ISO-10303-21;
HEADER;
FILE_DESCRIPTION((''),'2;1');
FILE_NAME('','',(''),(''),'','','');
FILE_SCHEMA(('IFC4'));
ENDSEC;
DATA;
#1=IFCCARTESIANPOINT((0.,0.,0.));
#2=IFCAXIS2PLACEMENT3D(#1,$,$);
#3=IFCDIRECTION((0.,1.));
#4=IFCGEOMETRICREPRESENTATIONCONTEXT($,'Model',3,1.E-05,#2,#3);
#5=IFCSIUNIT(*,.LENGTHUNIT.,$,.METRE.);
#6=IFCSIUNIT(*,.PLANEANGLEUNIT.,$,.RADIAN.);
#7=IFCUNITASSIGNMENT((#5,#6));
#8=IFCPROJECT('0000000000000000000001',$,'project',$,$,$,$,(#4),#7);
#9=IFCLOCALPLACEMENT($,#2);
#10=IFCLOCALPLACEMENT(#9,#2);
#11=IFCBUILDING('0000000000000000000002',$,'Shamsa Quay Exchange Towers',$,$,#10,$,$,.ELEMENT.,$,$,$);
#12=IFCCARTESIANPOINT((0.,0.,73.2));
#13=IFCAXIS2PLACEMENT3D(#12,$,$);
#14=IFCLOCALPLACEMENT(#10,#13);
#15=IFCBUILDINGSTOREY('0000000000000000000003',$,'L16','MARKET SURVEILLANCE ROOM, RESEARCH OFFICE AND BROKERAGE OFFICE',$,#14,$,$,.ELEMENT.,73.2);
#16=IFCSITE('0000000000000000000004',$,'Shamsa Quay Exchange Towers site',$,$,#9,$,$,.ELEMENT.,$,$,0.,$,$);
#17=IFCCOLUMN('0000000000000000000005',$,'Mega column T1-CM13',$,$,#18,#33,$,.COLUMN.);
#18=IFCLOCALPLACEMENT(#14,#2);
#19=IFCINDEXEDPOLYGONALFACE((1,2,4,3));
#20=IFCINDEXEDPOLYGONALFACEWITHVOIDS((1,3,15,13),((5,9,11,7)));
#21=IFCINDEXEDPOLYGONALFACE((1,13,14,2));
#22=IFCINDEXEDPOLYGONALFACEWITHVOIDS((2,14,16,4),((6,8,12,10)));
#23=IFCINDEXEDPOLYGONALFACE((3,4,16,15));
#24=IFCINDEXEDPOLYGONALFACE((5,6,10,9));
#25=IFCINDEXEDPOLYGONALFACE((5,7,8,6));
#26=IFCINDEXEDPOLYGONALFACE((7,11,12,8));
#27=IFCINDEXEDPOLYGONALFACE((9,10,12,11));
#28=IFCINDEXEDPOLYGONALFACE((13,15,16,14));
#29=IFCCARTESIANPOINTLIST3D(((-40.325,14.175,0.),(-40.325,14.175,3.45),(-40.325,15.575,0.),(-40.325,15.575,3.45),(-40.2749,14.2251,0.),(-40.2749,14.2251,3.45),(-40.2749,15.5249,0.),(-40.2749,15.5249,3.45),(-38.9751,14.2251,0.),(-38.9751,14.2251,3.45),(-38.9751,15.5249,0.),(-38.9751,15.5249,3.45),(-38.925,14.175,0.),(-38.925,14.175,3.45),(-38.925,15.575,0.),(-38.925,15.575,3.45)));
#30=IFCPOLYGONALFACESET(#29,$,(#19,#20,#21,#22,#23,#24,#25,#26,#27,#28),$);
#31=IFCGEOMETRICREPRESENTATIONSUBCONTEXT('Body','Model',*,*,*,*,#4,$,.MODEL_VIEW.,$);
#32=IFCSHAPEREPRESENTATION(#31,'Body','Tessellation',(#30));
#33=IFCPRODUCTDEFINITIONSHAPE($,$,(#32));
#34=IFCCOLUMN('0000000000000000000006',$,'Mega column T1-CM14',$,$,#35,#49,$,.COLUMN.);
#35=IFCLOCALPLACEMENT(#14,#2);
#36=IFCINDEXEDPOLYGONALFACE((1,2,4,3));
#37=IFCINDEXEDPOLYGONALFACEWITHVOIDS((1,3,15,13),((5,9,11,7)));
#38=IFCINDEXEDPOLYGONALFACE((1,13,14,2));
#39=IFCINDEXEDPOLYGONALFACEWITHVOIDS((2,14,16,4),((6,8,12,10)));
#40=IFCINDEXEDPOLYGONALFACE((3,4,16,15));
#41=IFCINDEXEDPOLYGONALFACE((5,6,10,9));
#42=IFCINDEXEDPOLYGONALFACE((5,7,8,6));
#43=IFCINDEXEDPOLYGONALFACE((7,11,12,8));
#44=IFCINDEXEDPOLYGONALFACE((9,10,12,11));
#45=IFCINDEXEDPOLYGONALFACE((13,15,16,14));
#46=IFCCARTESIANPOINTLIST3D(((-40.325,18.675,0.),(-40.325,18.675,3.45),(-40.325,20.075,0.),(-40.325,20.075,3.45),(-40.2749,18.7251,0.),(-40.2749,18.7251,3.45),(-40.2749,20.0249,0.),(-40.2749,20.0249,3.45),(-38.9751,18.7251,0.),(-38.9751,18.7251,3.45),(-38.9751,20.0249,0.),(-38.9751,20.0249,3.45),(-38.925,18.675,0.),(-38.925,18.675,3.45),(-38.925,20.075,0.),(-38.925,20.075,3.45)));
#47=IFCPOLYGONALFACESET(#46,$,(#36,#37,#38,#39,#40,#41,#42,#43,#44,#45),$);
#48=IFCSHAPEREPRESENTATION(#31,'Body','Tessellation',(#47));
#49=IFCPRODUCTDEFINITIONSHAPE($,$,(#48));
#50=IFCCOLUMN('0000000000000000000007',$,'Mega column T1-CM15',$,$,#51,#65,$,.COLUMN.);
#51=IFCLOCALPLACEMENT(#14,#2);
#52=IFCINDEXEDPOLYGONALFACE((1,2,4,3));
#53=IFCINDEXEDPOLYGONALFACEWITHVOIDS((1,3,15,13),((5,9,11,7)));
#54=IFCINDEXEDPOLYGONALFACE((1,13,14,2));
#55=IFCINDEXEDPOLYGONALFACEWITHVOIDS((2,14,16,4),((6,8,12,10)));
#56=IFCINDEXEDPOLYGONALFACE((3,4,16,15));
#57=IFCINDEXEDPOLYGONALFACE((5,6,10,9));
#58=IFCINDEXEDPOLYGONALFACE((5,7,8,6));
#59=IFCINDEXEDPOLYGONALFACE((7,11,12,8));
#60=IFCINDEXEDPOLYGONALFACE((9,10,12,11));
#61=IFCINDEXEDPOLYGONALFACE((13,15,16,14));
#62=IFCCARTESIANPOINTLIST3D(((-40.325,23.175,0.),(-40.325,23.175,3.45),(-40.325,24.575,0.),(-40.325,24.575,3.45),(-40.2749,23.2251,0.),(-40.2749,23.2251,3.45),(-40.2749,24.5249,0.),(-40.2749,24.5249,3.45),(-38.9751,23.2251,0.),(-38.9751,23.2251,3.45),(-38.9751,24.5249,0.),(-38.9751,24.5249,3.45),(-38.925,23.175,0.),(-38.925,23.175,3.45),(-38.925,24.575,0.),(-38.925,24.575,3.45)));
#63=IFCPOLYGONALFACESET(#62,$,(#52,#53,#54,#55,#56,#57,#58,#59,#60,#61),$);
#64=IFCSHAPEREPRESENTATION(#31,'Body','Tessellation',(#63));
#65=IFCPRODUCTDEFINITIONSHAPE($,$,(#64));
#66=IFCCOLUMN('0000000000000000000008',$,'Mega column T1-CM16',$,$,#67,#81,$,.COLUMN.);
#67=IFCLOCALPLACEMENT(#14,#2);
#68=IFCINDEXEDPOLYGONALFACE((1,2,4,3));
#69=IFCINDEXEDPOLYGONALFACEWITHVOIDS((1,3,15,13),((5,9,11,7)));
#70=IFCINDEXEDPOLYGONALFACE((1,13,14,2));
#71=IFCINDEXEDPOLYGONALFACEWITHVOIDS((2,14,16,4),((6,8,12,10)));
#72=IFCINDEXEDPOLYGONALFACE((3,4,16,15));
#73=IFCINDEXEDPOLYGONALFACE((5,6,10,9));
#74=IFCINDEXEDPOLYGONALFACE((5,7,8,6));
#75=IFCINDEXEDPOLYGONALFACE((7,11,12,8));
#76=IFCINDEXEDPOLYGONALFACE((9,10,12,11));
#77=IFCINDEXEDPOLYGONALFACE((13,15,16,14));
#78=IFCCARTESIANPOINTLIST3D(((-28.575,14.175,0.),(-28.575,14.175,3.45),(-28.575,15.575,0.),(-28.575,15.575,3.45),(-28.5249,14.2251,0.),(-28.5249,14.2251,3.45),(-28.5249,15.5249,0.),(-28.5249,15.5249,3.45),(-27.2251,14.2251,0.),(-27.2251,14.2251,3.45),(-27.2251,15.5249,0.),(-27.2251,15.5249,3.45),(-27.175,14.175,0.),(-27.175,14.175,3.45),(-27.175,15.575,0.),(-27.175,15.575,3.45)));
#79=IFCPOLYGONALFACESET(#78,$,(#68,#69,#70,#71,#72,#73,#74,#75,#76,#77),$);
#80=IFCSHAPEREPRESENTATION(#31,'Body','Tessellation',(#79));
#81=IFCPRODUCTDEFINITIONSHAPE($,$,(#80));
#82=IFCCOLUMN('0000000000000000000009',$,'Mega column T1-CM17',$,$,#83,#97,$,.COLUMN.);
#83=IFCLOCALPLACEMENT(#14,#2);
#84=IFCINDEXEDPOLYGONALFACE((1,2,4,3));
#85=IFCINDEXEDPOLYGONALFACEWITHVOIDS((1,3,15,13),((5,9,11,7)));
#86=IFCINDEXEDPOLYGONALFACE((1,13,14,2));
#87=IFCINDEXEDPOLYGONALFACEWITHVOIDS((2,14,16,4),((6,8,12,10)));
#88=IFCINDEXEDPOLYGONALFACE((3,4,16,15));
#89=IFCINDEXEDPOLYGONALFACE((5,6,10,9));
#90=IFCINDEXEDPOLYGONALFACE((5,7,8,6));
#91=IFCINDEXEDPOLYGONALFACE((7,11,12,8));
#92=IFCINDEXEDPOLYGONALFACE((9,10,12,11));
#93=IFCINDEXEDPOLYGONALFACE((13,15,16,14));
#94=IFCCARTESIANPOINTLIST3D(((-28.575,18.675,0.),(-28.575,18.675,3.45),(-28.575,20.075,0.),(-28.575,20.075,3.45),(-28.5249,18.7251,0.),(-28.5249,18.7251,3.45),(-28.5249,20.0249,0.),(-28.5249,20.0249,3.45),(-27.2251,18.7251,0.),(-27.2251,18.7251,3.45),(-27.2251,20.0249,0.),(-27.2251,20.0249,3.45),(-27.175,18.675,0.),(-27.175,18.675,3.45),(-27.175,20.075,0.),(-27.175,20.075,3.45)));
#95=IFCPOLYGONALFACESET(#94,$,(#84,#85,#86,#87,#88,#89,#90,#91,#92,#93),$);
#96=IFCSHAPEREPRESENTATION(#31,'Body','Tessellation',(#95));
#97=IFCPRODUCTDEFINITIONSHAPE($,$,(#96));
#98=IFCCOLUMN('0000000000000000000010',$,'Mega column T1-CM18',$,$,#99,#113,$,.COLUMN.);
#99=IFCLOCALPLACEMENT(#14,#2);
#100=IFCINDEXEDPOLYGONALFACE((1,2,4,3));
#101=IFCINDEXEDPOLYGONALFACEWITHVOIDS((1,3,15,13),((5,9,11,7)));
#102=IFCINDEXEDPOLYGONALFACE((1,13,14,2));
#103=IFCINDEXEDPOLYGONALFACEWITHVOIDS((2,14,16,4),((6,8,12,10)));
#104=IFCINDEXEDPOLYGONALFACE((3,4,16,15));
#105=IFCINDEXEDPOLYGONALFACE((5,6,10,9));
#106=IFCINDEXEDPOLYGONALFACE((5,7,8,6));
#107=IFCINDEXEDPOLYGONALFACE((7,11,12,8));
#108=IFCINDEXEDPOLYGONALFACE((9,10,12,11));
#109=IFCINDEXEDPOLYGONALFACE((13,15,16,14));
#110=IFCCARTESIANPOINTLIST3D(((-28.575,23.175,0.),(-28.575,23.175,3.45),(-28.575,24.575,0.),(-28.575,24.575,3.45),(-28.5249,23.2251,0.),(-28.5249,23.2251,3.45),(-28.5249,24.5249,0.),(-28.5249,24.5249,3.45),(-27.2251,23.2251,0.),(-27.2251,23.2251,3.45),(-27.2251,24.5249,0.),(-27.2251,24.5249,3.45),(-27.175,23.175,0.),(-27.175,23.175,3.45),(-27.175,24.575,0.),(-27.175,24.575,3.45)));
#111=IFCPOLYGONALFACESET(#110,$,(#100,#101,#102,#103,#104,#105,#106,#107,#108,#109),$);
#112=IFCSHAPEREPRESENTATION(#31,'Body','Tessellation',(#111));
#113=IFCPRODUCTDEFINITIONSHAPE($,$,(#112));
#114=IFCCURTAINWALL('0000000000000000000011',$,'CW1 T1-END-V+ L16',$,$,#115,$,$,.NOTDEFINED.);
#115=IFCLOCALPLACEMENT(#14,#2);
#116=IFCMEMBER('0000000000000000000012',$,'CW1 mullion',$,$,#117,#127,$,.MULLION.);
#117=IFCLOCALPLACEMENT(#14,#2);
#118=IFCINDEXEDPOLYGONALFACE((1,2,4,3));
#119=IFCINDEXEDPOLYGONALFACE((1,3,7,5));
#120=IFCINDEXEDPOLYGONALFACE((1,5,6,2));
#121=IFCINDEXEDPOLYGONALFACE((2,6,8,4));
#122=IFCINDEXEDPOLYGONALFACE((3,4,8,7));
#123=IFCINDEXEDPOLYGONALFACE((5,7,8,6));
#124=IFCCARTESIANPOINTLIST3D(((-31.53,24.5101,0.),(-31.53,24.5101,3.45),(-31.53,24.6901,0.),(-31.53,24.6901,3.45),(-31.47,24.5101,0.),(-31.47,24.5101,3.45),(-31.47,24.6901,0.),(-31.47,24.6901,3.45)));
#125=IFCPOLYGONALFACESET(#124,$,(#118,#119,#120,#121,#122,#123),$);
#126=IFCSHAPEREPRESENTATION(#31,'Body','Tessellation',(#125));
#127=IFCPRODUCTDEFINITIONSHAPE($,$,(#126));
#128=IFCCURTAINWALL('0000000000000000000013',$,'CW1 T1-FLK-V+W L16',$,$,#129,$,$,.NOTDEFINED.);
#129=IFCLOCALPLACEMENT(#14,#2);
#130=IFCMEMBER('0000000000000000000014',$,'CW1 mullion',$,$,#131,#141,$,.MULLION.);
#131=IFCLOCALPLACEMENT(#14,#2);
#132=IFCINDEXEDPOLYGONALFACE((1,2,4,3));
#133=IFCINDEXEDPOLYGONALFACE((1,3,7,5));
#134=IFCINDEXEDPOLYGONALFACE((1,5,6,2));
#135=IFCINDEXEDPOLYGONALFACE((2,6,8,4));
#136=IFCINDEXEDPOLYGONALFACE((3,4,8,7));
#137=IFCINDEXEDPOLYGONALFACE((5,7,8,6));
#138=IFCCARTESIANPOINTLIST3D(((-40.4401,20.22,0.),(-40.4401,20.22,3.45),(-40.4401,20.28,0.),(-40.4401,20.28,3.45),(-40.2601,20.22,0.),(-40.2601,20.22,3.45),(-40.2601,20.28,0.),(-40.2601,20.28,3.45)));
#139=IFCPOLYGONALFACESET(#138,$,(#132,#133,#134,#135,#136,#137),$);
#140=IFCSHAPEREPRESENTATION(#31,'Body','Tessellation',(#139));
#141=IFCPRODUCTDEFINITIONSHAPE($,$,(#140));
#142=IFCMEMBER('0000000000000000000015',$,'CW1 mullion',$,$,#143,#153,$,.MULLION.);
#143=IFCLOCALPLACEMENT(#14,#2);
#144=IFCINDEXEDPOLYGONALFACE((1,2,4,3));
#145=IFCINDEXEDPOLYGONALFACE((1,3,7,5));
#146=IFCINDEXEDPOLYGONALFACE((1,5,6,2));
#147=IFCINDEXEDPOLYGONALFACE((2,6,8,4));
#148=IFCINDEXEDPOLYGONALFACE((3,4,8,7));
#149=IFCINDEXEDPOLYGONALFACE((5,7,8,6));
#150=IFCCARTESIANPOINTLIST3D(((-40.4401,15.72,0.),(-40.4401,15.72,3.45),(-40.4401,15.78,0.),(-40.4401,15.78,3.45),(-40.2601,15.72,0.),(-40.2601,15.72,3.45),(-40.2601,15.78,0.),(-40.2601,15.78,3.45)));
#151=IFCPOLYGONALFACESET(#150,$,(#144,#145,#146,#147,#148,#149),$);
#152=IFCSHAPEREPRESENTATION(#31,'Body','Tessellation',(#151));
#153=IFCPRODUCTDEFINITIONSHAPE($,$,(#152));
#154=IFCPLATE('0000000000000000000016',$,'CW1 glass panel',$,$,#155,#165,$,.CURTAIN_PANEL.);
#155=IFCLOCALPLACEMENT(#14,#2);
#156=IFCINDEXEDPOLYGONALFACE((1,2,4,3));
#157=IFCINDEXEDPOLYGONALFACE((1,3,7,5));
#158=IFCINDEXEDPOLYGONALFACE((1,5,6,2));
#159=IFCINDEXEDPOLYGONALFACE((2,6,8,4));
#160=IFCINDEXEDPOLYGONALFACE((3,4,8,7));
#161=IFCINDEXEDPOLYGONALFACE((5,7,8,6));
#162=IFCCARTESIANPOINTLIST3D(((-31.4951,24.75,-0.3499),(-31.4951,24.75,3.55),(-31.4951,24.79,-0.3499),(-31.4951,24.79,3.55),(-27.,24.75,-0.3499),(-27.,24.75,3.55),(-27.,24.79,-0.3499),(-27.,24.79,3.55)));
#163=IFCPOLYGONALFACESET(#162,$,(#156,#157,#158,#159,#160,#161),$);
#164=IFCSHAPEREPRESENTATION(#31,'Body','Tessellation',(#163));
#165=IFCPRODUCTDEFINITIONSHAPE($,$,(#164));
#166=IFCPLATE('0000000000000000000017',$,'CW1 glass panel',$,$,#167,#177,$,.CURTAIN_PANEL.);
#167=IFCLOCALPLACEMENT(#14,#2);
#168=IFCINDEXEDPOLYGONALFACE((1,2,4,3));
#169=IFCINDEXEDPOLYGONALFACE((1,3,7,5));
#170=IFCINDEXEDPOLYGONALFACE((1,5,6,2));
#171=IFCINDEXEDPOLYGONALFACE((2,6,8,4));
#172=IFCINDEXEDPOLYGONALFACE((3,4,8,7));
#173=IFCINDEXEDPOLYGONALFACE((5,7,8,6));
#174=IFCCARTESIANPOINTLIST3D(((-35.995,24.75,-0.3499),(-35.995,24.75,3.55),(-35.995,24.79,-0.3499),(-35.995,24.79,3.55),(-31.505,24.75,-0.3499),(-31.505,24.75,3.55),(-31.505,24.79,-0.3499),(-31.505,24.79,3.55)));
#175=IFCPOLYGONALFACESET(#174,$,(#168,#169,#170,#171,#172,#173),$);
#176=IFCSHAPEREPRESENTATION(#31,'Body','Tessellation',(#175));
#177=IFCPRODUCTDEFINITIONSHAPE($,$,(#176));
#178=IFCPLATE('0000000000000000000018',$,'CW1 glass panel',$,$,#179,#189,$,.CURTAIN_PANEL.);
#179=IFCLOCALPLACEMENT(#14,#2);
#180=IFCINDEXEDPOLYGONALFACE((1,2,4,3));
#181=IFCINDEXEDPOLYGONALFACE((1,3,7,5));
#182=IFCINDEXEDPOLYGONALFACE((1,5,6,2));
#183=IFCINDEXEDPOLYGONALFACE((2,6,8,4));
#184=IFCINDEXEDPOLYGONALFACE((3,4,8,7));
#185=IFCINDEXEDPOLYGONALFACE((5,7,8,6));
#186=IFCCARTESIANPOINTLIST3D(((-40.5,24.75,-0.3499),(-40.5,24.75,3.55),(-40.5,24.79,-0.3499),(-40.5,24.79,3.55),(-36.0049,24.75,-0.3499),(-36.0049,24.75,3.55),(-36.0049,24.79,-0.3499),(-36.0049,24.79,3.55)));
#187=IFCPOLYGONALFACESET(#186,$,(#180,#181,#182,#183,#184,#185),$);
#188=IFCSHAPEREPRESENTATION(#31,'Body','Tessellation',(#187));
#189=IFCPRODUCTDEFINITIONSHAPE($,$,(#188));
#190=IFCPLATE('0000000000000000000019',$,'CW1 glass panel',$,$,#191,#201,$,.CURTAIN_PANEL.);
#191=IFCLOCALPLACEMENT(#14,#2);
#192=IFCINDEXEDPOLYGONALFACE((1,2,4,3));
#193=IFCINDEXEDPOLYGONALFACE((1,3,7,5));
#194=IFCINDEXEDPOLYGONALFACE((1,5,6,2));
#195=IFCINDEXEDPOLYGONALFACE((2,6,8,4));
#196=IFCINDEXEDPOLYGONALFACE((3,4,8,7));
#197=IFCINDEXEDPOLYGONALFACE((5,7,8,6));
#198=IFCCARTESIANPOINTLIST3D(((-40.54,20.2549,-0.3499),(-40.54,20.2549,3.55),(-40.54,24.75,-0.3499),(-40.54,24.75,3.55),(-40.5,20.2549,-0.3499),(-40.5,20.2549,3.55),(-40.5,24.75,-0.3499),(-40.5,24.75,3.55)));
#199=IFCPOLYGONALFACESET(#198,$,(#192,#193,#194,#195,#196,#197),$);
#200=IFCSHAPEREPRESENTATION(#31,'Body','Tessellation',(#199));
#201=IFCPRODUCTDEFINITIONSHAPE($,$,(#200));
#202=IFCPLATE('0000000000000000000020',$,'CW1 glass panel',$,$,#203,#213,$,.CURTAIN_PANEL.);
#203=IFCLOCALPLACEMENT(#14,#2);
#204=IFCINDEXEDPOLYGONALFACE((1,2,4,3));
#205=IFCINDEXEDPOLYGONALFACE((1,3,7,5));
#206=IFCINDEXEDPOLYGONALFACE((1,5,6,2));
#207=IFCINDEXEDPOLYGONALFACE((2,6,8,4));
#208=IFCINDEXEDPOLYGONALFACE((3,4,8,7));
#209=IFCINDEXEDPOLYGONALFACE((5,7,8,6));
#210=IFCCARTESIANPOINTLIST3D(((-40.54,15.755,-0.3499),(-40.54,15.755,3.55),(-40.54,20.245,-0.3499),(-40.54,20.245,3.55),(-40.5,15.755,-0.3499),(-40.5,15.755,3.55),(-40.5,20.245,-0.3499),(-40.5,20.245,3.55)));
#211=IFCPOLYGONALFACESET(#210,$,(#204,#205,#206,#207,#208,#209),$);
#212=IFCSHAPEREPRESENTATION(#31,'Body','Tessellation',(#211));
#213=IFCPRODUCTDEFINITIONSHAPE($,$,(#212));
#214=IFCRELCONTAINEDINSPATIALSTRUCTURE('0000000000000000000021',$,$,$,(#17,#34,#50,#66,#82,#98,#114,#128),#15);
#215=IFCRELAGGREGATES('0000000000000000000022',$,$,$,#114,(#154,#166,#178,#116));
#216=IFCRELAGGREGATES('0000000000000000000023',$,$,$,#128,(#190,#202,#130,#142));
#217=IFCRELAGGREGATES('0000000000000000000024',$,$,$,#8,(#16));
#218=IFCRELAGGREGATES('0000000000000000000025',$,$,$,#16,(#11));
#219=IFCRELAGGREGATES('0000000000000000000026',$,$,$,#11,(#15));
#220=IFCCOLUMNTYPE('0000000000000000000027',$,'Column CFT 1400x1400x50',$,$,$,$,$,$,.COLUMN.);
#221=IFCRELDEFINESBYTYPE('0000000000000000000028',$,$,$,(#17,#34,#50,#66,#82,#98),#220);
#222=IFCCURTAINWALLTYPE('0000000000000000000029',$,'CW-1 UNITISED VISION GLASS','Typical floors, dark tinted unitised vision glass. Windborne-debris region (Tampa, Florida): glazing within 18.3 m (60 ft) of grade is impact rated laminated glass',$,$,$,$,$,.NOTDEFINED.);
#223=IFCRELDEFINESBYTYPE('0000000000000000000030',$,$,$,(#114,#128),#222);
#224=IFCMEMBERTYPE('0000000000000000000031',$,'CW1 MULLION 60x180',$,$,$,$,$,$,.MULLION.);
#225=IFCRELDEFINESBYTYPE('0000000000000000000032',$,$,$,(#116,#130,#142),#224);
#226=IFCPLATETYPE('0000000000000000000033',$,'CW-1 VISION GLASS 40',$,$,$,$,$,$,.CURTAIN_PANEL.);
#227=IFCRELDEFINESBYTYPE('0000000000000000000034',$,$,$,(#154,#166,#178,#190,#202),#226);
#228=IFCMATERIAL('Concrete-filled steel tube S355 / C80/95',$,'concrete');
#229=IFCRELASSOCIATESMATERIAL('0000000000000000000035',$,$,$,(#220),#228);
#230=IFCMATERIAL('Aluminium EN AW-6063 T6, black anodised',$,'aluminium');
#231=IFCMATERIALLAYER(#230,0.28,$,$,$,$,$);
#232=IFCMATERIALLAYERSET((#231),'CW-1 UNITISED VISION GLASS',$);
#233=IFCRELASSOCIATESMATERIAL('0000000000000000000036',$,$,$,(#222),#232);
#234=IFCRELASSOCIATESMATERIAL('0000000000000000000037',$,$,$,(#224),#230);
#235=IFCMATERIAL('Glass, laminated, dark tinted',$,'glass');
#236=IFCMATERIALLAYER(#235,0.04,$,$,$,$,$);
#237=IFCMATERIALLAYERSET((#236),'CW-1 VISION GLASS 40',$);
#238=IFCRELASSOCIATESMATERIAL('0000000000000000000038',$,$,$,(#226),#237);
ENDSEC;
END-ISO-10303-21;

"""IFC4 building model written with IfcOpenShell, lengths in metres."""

from ifc_helpers import new_model, si_unit, direction, frame, origin, origin_2d, place, context, subcontext, project, spatial, rectangle, hollow_rectangle, extrude, material, layer, layer_set, material_profile, profile_set, type_object, element, aggregate, save


model = new_model("IFC4")

# Units and contexts
model_context = context("Model", 3, precision=1e-05, world=origin(), true_north=direction((0.0, 1.0)))
body_context = subcontext(model_context, "Body", "Model", "MODEL_VIEW")
ifc_project = project(units=[si_unit("LENGTHUNIT", "METRE"), si_unit("PLANEANGLEUNIT", "RADIAN")], contexts=[model_context])

# Site, building, storey
site_placement = place(None, origin())
site = spatial("IfcSite", under=ifc_project, at=site_placement, Name="Shamsa Quay Exchange Towers site", CompositionType="ELEMENT", RefElevation=0.0)
building_placement = place(site_placement, origin())
building = spatial("IfcBuilding", under=site, at=building_placement, Name="Shamsa Quay Exchange Towers", CompositionType="ELEMENT")
storey_placement = place(building_placement, frame((0.0, 0.0, 73.2)))
storey = spatial("IfcBuildingStorey", under=building, at=storey_placement, Name="L16", Description="MARKET SURVEILLANCE ROOM, RESEARCH OFFICE AND BROKERAGE OFFICE", CompositionType="ELEMENT", Elevation=73.2)

# Columns
ifc_material_1 = material(Name="Concrete-filled steel tube S355 / C80/95", Category="concrete")
ifc_material_profile_1 = material_profile(ifc_material_1, hollow_rectangle(XDim=1.3999, YDim=1.3999, WallThickness=0.05, at=origin_2d()), Name="CFT 1400x1400x50")
ifc_profile_set_1 = profile_set([ifc_material_profile_1], Name="Concrete-filled steel tube S355 / C80/95")
column_type = type_object("IfcColumnType", Name="Column CFT 1400x1400x50", PredefinedType="COLUMN", material=ifc_profile_set_1)
for number, where, name in (
    (1, (-39.625, 14.875, 0.0), "Mega column T1-CM13"),
    (2, (-39.625, 19.375, 0.0), "Mega column T1-CM14"),
    (3, (-39.625, 23.875, 0.0), "Mega column T1-CM15"),
    (4, (-27.875, 14.875, 0.0), "Mega column T1-CM16"),
    (5, (-27.875, 19.375, 0.0), "Mega column T1-CM17"),
    (6, (-27.875, 23.875, 0.0), "Mega column T1-CM18"),
):
    element("IfcColumn", number, at=place(storey_placement, frame(where)), inside=storey, type_object=column_type, Name=name, PredefinedType="COLUMN", context=body_context, shape_type="SweptSolid", body=[
        extrude(hollow_rectangle(XDim=1.3999, YDim=1.3999, WallThickness=0.05, at=origin_2d()), origin(), (0.0, 0.0, 1.0), 3.45),
    ])

# Curtain wall, member
ifc_material_2 = material(Name="Aluminium EN AW-6063 T6, black anodised", Category="aluminium")
ifc_layer_1 = layer(ifc_material_2, 0.28)
ifc_layer_set_1 = layer_set([ifc_layer_1], Name="CW-1 UNITISED VISION GLASS")
curtain_wall_type = type_object("IfcCurtainWallType", Name="CW-1 UNITISED VISION GLASS", Description="Typical floors, dark tinted unitised vision glass. Windborne-debris region (Tampa, Florida): glazing within 18.3 m (60 ft) of grade is impact rated laminated glass", PredefinedType="NOTDEFINED", material=ifc_layer_set_1)
curtain_wall_1_placement = place(storey_placement, origin())
curtain_wall_1 = element("IfcCurtainWall", 7, at=curtain_wall_1_placement, inside=storey, type_object=curtain_wall_type, Name="CW1 T1-END-V+ L16", PredefinedType="NOTDEFINED")
ifc_material_profile_2 = material_profile(ifc_material_2, rectangle(XDim=0.1799, YDim=0.0601, at=origin_2d()), Name="MU60x180")
ifc_profile_set_2 = profile_set([ifc_material_profile_2], Name="Aluminium EN AW-6063 T6, black anodised")
member_type = type_object("IfcMemberType", Name="CW1 MULLION 60x180", PredefinedType="MULLION", material=ifc_profile_set_2)
member_1_placement = place(storey_placement, frame((-31.5, 24.6001, 0.0), z_axis=(0.0, 0.0, 1.0), x_axis=(0.0, -1.0, 0.0)))
member_1 = element("IfcMember", 8, at=member_1_placement, type_object=member_type, Name="CW1 mullion", PredefinedType="MULLION", context=body_context, shape_type="SweptSolid", body=[
    extrude(rectangle(XDim=0.1799, YDim=0.0601, at=origin_2d()), origin(), (0.0, 0.0, 1.0), 3.45),
])

# Curtain wall, members
curtain_wall_2_placement = place(storey_placement, origin())
curtain_wall_2 = element("IfcCurtainWall", 9, at=curtain_wall_2_placement, inside=storey, type_object=curtain_wall_type, Name="CW1 T1-FLK-V+W L16", PredefinedType="NOTDEFINED")
member_2_placement = place(storey_placement, frame((-40.3501, 20.25, 0.0)))
member_2 = element("IfcMember", 10, at=member_2_placement, type_object=member_type, Name="CW1 mullion", PredefinedType="MULLION", context=body_context, shape_type="SweptSolid", body=[
    extrude(rectangle(XDim=0.1799, YDim=0.0601, at=origin_2d()), origin(), (0.0, 0.0, 1.0), 3.45),
])
member_3_placement = place(storey_placement, frame((-40.3501, 15.75, 0.0)))
member_3 = element("IfcMember", 11, at=member_3_placement, type_object=member_type, Name="CW1 mullion", PredefinedType="MULLION", context=body_context, shape_type="SweptSolid", body=[
    extrude(rectangle(XDim=0.1799, YDim=0.0601, at=origin_2d()), origin(), (0.0, 0.0, 1.0), 3.45),
])

# Plates
ifc_material_3 = material(Name="Glass, laminated, dark tinted", Category="glass")
ifc_layer_2 = layer(ifc_material_3, 0.04)
ifc_layer_set_2 = layer_set([ifc_layer_2], Name="CW-1 VISION GLASS 40")
plate_type = type_object("IfcPlateType", Name="CW-1 VISION GLASS 40", PredefinedType="CURTAIN_PANEL", material=ifc_layer_set_2)
plate_1_placement = place(storey_placement, frame((-29.2476, 24.77, -0.3499), z_axis=(0.0, 0.0, 1.0), x_axis=(-1.0, 0.0, 0.0)))
plate_1 = element("IfcPlate", 12, at=plate_1_placement, type_object=plate_type, Name="CW1 glass panel", PredefinedType="CURTAIN_PANEL", context=body_context, shape_type="SweptSolid", body=[
    extrude(rectangle(XDim=4.4951, YDim=0.04, at=origin_2d()), origin(), (0.0, 0.0, 1.0), 3.8999),
])
plate_2_placement = place(storey_placement, frame((-33.75, 24.77, -0.3499), z_axis=(0.0, 0.0, 1.0), x_axis=(-1.0, 0.0, 0.0)))
plate_2 = element("IfcPlate", 13, at=plate_2_placement, type_object=plate_type, Name="CW1 glass panel", PredefinedType="CURTAIN_PANEL", context=body_context, shape_type="SweptSolid", body=[
    extrude(rectangle(XDim=4.49, YDim=0.04, at=origin_2d()), origin(), (0.0, 0.0, 1.0), 3.8999),
])
plate_3_placement = place(storey_placement, frame((-38.2524, 24.77, -0.3499), z_axis=(0.0, 0.0, 1.0), x_axis=(-1.0, 0.0, 0.0)))
plate_3 = element("IfcPlate", 14, at=plate_3_placement, type_object=plate_type, Name="CW1 glass panel", PredefinedType="CURTAIN_PANEL", context=body_context, shape_type="SweptSolid", body=[
    extrude(rectangle(XDim=4.4951, YDim=0.04, at=origin_2d()), origin(), (0.0, 0.0, 1.0), 3.8999),
])
aggregate(curtain_wall_1, [plate_1, plate_2, plate_3, member_1])
plate_4_placement = place(storey_placement, frame((-40.52, 22.5024, -0.3499), z_axis=(0.0, 0.0, 1.0), x_axis=(0.0, -1.0, 0.0)))
plate_4 = element("IfcPlate", 15, at=plate_4_placement, type_object=plate_type, Name="CW1 glass panel", PredefinedType="CURTAIN_PANEL", context=body_context, shape_type="SweptSolid", body=[
    extrude(rectangle(XDim=4.4951, YDim=0.04, at=origin_2d()), origin(), (0.0, 0.0, 1.0), 3.8999),
])
plate_5_placement = place(storey_placement, frame((-40.52, 18.0, -0.3499), z_axis=(0.0, 0.0, 1.0), x_axis=(0.0, -1.0, 0.0)))
plate_5 = element("IfcPlate", 16, at=plate_5_placement, type_object=plate_type, Name="CW1 glass panel", PredefinedType="CURTAIN_PANEL", context=body_context, shape_type="SweptSolid", body=[
    extrude(rectangle(XDim=4.49, YDim=0.04, at=origin_2d()), origin(), (0.0, 0.0, 1.0), 3.8999),
])
aggregate(curtain_wall_2, [plate_4, plate_5, member_2, member_3])

save(model, "model.ifc")
